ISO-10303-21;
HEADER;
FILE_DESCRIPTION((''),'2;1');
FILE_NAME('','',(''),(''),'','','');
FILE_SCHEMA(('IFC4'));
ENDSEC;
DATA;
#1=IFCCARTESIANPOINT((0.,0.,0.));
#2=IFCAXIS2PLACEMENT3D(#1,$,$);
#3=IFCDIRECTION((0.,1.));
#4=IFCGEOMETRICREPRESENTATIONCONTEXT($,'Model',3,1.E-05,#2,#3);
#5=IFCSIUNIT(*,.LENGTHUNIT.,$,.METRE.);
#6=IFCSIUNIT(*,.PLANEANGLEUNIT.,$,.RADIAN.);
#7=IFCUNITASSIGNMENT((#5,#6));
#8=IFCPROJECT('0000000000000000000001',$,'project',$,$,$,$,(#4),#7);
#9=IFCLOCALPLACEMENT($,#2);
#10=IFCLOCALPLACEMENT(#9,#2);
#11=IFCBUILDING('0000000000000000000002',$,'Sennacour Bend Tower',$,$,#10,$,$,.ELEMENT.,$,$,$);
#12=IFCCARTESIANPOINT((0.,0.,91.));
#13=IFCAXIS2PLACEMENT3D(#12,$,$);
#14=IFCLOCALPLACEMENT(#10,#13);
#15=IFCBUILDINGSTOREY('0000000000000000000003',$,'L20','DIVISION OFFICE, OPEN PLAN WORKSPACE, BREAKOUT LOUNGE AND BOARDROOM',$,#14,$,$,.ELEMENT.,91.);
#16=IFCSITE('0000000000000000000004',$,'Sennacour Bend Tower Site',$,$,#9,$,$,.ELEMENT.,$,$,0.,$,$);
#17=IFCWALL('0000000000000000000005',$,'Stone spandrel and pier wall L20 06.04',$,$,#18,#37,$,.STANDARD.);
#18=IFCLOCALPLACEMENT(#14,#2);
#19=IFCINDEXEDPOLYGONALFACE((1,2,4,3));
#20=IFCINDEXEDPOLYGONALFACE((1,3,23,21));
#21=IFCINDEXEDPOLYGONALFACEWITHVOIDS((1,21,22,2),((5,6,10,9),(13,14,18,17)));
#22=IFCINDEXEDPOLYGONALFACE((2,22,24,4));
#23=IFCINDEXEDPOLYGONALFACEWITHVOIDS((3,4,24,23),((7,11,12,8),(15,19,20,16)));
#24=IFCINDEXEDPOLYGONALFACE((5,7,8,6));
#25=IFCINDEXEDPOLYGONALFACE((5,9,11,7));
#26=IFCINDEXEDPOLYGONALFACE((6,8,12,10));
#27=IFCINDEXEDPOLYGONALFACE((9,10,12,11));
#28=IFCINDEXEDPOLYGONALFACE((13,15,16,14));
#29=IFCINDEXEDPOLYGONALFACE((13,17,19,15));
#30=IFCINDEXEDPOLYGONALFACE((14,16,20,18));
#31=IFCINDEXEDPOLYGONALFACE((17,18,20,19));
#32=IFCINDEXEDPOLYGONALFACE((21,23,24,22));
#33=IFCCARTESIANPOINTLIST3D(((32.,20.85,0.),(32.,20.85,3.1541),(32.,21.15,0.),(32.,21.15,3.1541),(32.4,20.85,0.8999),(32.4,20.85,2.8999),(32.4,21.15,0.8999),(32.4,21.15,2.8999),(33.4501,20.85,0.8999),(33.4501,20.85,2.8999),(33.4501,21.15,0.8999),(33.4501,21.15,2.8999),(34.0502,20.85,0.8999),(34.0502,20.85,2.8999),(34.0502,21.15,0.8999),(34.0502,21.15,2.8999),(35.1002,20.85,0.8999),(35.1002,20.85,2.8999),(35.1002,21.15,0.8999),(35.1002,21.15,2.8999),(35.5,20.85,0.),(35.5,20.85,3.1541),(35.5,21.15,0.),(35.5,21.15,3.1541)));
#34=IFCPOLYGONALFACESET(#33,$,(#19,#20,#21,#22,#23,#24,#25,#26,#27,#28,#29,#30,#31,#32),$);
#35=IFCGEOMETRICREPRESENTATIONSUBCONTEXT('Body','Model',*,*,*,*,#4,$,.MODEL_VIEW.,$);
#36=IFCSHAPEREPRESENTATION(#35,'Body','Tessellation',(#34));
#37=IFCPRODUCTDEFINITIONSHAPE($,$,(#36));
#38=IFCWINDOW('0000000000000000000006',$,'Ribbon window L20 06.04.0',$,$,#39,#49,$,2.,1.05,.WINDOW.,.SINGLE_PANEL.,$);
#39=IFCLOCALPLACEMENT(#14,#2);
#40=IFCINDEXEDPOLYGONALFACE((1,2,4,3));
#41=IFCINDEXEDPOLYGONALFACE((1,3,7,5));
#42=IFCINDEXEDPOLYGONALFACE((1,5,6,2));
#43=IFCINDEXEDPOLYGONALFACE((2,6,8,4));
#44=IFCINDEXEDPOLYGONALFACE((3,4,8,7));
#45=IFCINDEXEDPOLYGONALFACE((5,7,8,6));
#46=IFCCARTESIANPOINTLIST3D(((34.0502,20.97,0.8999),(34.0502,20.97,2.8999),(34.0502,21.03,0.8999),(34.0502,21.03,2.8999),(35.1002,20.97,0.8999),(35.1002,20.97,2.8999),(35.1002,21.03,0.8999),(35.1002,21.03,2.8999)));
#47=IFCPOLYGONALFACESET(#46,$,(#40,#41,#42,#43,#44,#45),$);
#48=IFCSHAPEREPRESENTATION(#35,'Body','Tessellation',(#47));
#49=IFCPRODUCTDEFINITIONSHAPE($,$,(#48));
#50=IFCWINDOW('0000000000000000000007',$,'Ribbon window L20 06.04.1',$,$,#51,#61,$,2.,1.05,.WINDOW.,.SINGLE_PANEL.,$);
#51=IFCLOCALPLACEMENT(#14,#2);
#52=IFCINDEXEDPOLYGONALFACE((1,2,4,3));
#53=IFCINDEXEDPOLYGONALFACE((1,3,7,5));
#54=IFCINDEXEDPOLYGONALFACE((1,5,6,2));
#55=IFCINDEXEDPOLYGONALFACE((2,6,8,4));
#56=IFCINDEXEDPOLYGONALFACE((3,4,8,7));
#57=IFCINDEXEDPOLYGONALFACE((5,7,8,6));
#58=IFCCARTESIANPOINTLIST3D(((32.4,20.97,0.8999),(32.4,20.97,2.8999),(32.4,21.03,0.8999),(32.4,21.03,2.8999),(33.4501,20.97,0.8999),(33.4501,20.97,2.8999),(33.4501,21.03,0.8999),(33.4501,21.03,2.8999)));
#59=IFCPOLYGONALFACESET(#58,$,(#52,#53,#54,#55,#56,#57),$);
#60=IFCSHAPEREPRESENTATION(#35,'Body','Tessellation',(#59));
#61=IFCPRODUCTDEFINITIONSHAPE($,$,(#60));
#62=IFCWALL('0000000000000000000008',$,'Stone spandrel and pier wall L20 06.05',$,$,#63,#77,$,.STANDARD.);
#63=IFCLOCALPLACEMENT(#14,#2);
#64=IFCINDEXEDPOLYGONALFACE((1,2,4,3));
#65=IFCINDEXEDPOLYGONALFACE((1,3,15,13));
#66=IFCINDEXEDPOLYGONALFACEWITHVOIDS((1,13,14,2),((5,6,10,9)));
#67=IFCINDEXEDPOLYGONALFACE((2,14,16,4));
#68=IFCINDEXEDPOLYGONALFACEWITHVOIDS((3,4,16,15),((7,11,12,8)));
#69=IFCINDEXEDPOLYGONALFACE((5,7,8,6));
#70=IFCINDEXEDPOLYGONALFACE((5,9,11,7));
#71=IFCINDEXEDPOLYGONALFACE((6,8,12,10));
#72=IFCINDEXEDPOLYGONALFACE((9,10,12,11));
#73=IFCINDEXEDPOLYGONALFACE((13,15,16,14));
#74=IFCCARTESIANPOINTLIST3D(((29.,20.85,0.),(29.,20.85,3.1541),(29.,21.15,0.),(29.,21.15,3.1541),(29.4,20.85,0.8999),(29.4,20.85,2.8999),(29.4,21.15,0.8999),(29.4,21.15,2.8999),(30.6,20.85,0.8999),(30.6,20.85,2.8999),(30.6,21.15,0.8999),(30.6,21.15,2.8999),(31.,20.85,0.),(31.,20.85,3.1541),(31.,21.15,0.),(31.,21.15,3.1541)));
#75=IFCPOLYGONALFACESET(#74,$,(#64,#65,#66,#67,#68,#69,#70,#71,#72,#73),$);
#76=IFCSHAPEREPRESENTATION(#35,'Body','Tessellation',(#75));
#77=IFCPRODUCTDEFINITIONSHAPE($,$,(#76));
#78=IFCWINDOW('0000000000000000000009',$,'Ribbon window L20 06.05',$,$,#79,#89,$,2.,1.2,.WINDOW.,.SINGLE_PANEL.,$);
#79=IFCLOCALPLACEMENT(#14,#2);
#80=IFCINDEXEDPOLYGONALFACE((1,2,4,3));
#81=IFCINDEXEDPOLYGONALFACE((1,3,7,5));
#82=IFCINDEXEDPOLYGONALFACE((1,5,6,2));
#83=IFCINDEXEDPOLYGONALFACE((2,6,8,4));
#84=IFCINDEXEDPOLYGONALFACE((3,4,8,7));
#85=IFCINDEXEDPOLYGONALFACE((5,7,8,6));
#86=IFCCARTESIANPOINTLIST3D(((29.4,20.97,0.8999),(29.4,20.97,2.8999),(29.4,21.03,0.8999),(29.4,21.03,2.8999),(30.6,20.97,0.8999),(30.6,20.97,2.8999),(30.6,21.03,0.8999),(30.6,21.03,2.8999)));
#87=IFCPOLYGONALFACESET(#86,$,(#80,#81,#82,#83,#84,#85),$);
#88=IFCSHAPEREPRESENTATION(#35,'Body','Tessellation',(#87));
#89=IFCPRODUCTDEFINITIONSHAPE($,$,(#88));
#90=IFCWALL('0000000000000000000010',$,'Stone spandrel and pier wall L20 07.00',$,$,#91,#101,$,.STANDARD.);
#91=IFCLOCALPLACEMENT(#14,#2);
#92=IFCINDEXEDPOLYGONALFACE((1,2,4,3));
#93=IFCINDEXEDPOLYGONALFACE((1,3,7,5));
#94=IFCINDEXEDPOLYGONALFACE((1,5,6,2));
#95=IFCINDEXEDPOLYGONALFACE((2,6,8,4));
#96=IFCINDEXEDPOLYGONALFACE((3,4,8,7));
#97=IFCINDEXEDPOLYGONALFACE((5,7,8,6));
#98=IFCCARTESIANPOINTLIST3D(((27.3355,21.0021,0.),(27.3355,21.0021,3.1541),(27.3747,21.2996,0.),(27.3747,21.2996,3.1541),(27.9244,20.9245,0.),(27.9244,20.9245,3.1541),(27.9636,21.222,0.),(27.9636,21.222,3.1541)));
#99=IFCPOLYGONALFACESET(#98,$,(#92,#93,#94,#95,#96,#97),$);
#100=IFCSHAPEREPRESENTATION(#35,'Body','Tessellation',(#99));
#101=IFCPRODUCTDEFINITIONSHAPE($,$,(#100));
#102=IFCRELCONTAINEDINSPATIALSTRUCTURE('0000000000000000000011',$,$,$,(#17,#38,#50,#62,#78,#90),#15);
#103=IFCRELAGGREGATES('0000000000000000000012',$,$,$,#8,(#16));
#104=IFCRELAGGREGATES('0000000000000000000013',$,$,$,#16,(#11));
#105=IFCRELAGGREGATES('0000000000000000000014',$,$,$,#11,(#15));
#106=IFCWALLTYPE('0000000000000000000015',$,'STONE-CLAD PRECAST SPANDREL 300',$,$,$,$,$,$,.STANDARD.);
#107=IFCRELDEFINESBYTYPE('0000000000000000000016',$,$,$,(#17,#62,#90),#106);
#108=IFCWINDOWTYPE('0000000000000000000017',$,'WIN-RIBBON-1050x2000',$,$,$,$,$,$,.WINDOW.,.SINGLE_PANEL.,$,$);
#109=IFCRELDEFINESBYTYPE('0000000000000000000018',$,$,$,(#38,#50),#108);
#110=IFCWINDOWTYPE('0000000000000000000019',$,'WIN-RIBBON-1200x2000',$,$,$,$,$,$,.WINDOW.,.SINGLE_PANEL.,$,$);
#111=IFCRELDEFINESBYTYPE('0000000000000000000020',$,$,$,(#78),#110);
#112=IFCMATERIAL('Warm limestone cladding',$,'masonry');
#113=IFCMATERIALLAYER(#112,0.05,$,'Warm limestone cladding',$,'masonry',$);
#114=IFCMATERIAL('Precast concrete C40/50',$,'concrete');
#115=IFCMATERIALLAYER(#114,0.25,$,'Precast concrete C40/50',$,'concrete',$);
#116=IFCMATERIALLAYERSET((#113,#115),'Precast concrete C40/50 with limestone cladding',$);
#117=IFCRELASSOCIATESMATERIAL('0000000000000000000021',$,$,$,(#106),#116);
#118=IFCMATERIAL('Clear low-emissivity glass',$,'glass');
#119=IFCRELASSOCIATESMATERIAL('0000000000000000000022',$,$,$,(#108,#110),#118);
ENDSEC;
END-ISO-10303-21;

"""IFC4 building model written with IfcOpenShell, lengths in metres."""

from ifc_helpers import new_model, si_unit, direction, frame, frame_2d, origin, place, context, subcontext, project, spatial, rectangle, extrude, material, layer, layer_set, type_object, element, fill, save


model = new_model("IFC4")

# Units and contexts
model_context = context("Model", 3, precision=1e-05, world=origin(), true_north=direction((0.0, 1.0)))
body_context = subcontext(model_context, "Body", "Model", "MODEL_VIEW")
ifc_project = project(units=[si_unit("LENGTHUNIT", "METRE"), si_unit("PLANEANGLEUNIT", "RADIAN")], contexts=[model_context])

# Site, building, storey
site_placement = place(None, origin())
site = spatial("IfcSite", under=ifc_project, at=site_placement, Name="Sennacour Bend Tower Site", CompositionType="ELEMENT", RefElevation=0.0)
building_placement = place(site_placement, origin())
building = spatial("IfcBuilding", under=site, at=building_placement, Name="Sennacour Bend Tower", CompositionType="ELEMENT")
storey_placement = place(building_placement, frame((0.0, 0.0, 91.0)))
storey = spatial("IfcBuildingStorey", under=building, at=storey_placement, Name="L20", Description="DIVISION OFFICE, OPEN PLAN WORKSPACE, BREAKOUT LOUNGE AND BOARDROOM", CompositionType="ELEMENT", Elevation=91.0)

# Wall, openings, windows
ifc_material_1 = material(Name="Warm limestone cladding", Category="masonry")
ifc_layer_1 = layer(ifc_material_1, 0.05, Name="Warm limestone cladding", Category="masonry")
ifc_material_2 = material(Name="Precast concrete C40/50", Category="concrete")
ifc_layer_2 = layer(ifc_material_2, 0.25, Name="Precast concrete C40/50", Category="concrete")
ifc_layer_set_1 = layer_set([ifc_layer_1, ifc_layer_2], Name="Precast concrete C40/50 with limestone cladding")
wall_type_1 = type_object("IfcWallType", Name="STONE-CLAD PRECAST SPANDREL 300", PredefinedType="STANDARD", material=ifc_layer_set_1)
ifc_material_3 = material(Name="Clear low-emissivity glass", Category="glass")
window_type_1 = type_object("IfcWindowType", Name="WIN-RIBBON-1050x2000", PartitioningType="SINGLE_PANEL", PredefinedType="WINDOW", material=ifc_material_3)
wall_1_placement = place(storey_placement, frame((35.5, 21.0, 0.0), z_axis=(0.0, 0.0, 1.0), x_axis=(-1.0, 0.0, 0.0)))
wall_1 = element("IfcWall", 1, at=wall_1_placement, inside=storey, type_object=wall_type_1, Name="Stone spandrel and pier wall L20 06.04", PredefinedType="STANDARD", context=body_context, shape_type="SweptSolid", body=[
    extrude(rectangle(XDim=3.5, YDim=0.3, at=frame_2d((1.75, 0.0))), origin(), (0.0, 0.0, 1.0), 3.1541),
])
opening_1_placement = place(wall_1_placement, frame((0.3999, 0.0, 0.8999)))
opening_1 = element("IfcOpeningElement", 2, at=opening_1_placement, cuts=wall_1, PredefinedType="OPENING", context=body_context, shape_type="SweptSolid", body=[
    extrude(rectangle(XDim=1.05, YDim=2.0, at=frame_2d((0.5249, 1.0))), frame((0.0, 0.1602, 0.0), z_axis=(0.0, -1.0, 0.0), x_axis=(1.0, 0.0, 0.0)), (0.0, 0.0, 1.0), 0.3201),
])
opening_2_placement = place(wall_1_placement, frame((2.05, 0.0, 0.8999)))
opening_2 = element("IfcOpeningElement", 3, at=opening_2_placement, cuts=wall_1, PredefinedType="OPENING", context=body_context, shape_type="SweptSolid", body=[
    extrude(rectangle(XDim=1.05, YDim=2.0, at=frame_2d((0.5249, 1.0))), frame((0.0, 0.1602, 0.0), z_axis=(0.0, -1.0, 0.0), x_axis=(1.0, 0.0, 0.0)), (0.0, 0.0, 1.0), 0.3201),
])
window_1_placement = place(opening_1_placement, origin())
window_1 = element("IfcWindow", 4, at=window_1_placement, inside=storey, type_object=window_type_1, Name="Ribbon window L20 06.04.0", OverallHeight=2.0, OverallWidth=1.05, PartitioningType="SINGLE_PANEL", PredefinedType="WINDOW", context=body_context, shape_type="SweptSolid", body=[
    extrude(rectangle(XDim=1.05, YDim=2.0, at=frame_2d((0.5249, 1.0))), frame((0.0, 0.03, 0.0), z_axis=(0.0, -1.0, 0.0), x_axis=(1.0, 0.0, 0.0)), (0.0, 0.0, 1.0), 0.0601),
])
fill(opening_1, window_1)
window_2_placement = place(opening_2_placement, origin())
window_2 = element("IfcWindow", 5, at=window_2_placement, inside=storey, type_object=window_type_1, Name="Ribbon window L20 06.04.1", OverallHeight=2.0, OverallWidth=1.05, PartitioningType="SINGLE_PANEL", PredefinedType="WINDOW", context=body_context, shape_type="SweptSolid", body=[
    extrude(rectangle(XDim=1.05, YDim=2.0, at=frame_2d((0.5249, 1.0))), frame((0.0, 0.03, 0.0), z_axis=(0.0, -1.0, 0.0), x_axis=(1.0, 0.0, 0.0)), (0.0, 0.0, 1.0), 0.0601),
])
fill(opening_2, window_2)

# Wall, opening, window
wall_2_placement = place(storey_placement, frame((31.0, 21.0, 0.0), z_axis=(0.0, 0.0, 1.0), x_axis=(-1.0, 0.0, 0.0)))
wall_2 = element("IfcWall", 6, at=wall_2_placement, inside=storey, type_object=wall_type_1, Name="Stone spandrel and pier wall L20 06.05", PredefinedType="STANDARD", context=body_context, shape_type="SweptSolid", body=[
    extrude(rectangle(XDim=2.0, YDim=0.3, at=frame_2d((1.0, 0.0))), origin(), (0.0, 0.0, 1.0), 3.1541),
])
opening_3_placement = place(wall_2_placement, frame((0.3999, 0.0, 0.8999)))
opening_3 = element("IfcOpeningElement", 7, at=opening_3_placement, cuts=wall_2, PredefinedType="OPENING", context=body_context, shape_type="SweptSolid", body=[
    extrude(rectangle(XDim=1.2, YDim=2.0, at=frame_2d((0.6001, 1.0))), frame((0.0, 0.1602, 0.0), z_axis=(0.0, -1.0, 0.0), x_axis=(1.0, 0.0, 0.0)), (0.0, 0.0, 1.0), 0.3201),
])
window_type_2 = type_object("IfcWindowType", Name="WIN-RIBBON-1200x2000", PartitioningType="SINGLE_PANEL", PredefinedType="WINDOW", material=ifc_material_3)
window_3_placement = place(opening_3_placement, origin())
window_3 = element("IfcWindow", 8, at=window_3_placement, inside=storey, type_object=window_type_2, Name="Ribbon window L20 06.05", OverallHeight=2.0, OverallWidth=1.2, PartitioningType="SINGLE_PANEL", PredefinedType="WINDOW", context=body_context, shape_type="SweptSolid", body=[
    extrude(rectangle(XDim=1.2, YDim=2.0, at=frame_2d((0.6001, 1.0))), frame((0.0, 0.03, 0.0), z_axis=(0.0, -1.0, 0.0), x_axis=(1.0, 0.0, 0.0)), (0.0, 0.0, 1.0), 0.0601),
])
fill(opening_3, window_3)

# Wall
wall_3_placement = place(storey_placement, frame((27.9438, 21.0732, 0.0), z_axis=(0.0, 0.0, 1.0), x_axis=(-0.991421, 0.13071, 0.0)))
element("IfcWall", 9, at=wall_3_placement, inside=storey, type_object=wall_type_1, Name="Stone spandrel and pier wall L20 07.00", PredefinedType="STANDARD", context=body_context, shape_type="SweptSolid", body=[
    extrude(rectangle(XDim=0.594, YDim=0.3, at=frame_2d((0.2969, 0.0))), origin(), (0.0, 0.0, 1.0), 3.1541),
])

save(model, "model.ifc")
